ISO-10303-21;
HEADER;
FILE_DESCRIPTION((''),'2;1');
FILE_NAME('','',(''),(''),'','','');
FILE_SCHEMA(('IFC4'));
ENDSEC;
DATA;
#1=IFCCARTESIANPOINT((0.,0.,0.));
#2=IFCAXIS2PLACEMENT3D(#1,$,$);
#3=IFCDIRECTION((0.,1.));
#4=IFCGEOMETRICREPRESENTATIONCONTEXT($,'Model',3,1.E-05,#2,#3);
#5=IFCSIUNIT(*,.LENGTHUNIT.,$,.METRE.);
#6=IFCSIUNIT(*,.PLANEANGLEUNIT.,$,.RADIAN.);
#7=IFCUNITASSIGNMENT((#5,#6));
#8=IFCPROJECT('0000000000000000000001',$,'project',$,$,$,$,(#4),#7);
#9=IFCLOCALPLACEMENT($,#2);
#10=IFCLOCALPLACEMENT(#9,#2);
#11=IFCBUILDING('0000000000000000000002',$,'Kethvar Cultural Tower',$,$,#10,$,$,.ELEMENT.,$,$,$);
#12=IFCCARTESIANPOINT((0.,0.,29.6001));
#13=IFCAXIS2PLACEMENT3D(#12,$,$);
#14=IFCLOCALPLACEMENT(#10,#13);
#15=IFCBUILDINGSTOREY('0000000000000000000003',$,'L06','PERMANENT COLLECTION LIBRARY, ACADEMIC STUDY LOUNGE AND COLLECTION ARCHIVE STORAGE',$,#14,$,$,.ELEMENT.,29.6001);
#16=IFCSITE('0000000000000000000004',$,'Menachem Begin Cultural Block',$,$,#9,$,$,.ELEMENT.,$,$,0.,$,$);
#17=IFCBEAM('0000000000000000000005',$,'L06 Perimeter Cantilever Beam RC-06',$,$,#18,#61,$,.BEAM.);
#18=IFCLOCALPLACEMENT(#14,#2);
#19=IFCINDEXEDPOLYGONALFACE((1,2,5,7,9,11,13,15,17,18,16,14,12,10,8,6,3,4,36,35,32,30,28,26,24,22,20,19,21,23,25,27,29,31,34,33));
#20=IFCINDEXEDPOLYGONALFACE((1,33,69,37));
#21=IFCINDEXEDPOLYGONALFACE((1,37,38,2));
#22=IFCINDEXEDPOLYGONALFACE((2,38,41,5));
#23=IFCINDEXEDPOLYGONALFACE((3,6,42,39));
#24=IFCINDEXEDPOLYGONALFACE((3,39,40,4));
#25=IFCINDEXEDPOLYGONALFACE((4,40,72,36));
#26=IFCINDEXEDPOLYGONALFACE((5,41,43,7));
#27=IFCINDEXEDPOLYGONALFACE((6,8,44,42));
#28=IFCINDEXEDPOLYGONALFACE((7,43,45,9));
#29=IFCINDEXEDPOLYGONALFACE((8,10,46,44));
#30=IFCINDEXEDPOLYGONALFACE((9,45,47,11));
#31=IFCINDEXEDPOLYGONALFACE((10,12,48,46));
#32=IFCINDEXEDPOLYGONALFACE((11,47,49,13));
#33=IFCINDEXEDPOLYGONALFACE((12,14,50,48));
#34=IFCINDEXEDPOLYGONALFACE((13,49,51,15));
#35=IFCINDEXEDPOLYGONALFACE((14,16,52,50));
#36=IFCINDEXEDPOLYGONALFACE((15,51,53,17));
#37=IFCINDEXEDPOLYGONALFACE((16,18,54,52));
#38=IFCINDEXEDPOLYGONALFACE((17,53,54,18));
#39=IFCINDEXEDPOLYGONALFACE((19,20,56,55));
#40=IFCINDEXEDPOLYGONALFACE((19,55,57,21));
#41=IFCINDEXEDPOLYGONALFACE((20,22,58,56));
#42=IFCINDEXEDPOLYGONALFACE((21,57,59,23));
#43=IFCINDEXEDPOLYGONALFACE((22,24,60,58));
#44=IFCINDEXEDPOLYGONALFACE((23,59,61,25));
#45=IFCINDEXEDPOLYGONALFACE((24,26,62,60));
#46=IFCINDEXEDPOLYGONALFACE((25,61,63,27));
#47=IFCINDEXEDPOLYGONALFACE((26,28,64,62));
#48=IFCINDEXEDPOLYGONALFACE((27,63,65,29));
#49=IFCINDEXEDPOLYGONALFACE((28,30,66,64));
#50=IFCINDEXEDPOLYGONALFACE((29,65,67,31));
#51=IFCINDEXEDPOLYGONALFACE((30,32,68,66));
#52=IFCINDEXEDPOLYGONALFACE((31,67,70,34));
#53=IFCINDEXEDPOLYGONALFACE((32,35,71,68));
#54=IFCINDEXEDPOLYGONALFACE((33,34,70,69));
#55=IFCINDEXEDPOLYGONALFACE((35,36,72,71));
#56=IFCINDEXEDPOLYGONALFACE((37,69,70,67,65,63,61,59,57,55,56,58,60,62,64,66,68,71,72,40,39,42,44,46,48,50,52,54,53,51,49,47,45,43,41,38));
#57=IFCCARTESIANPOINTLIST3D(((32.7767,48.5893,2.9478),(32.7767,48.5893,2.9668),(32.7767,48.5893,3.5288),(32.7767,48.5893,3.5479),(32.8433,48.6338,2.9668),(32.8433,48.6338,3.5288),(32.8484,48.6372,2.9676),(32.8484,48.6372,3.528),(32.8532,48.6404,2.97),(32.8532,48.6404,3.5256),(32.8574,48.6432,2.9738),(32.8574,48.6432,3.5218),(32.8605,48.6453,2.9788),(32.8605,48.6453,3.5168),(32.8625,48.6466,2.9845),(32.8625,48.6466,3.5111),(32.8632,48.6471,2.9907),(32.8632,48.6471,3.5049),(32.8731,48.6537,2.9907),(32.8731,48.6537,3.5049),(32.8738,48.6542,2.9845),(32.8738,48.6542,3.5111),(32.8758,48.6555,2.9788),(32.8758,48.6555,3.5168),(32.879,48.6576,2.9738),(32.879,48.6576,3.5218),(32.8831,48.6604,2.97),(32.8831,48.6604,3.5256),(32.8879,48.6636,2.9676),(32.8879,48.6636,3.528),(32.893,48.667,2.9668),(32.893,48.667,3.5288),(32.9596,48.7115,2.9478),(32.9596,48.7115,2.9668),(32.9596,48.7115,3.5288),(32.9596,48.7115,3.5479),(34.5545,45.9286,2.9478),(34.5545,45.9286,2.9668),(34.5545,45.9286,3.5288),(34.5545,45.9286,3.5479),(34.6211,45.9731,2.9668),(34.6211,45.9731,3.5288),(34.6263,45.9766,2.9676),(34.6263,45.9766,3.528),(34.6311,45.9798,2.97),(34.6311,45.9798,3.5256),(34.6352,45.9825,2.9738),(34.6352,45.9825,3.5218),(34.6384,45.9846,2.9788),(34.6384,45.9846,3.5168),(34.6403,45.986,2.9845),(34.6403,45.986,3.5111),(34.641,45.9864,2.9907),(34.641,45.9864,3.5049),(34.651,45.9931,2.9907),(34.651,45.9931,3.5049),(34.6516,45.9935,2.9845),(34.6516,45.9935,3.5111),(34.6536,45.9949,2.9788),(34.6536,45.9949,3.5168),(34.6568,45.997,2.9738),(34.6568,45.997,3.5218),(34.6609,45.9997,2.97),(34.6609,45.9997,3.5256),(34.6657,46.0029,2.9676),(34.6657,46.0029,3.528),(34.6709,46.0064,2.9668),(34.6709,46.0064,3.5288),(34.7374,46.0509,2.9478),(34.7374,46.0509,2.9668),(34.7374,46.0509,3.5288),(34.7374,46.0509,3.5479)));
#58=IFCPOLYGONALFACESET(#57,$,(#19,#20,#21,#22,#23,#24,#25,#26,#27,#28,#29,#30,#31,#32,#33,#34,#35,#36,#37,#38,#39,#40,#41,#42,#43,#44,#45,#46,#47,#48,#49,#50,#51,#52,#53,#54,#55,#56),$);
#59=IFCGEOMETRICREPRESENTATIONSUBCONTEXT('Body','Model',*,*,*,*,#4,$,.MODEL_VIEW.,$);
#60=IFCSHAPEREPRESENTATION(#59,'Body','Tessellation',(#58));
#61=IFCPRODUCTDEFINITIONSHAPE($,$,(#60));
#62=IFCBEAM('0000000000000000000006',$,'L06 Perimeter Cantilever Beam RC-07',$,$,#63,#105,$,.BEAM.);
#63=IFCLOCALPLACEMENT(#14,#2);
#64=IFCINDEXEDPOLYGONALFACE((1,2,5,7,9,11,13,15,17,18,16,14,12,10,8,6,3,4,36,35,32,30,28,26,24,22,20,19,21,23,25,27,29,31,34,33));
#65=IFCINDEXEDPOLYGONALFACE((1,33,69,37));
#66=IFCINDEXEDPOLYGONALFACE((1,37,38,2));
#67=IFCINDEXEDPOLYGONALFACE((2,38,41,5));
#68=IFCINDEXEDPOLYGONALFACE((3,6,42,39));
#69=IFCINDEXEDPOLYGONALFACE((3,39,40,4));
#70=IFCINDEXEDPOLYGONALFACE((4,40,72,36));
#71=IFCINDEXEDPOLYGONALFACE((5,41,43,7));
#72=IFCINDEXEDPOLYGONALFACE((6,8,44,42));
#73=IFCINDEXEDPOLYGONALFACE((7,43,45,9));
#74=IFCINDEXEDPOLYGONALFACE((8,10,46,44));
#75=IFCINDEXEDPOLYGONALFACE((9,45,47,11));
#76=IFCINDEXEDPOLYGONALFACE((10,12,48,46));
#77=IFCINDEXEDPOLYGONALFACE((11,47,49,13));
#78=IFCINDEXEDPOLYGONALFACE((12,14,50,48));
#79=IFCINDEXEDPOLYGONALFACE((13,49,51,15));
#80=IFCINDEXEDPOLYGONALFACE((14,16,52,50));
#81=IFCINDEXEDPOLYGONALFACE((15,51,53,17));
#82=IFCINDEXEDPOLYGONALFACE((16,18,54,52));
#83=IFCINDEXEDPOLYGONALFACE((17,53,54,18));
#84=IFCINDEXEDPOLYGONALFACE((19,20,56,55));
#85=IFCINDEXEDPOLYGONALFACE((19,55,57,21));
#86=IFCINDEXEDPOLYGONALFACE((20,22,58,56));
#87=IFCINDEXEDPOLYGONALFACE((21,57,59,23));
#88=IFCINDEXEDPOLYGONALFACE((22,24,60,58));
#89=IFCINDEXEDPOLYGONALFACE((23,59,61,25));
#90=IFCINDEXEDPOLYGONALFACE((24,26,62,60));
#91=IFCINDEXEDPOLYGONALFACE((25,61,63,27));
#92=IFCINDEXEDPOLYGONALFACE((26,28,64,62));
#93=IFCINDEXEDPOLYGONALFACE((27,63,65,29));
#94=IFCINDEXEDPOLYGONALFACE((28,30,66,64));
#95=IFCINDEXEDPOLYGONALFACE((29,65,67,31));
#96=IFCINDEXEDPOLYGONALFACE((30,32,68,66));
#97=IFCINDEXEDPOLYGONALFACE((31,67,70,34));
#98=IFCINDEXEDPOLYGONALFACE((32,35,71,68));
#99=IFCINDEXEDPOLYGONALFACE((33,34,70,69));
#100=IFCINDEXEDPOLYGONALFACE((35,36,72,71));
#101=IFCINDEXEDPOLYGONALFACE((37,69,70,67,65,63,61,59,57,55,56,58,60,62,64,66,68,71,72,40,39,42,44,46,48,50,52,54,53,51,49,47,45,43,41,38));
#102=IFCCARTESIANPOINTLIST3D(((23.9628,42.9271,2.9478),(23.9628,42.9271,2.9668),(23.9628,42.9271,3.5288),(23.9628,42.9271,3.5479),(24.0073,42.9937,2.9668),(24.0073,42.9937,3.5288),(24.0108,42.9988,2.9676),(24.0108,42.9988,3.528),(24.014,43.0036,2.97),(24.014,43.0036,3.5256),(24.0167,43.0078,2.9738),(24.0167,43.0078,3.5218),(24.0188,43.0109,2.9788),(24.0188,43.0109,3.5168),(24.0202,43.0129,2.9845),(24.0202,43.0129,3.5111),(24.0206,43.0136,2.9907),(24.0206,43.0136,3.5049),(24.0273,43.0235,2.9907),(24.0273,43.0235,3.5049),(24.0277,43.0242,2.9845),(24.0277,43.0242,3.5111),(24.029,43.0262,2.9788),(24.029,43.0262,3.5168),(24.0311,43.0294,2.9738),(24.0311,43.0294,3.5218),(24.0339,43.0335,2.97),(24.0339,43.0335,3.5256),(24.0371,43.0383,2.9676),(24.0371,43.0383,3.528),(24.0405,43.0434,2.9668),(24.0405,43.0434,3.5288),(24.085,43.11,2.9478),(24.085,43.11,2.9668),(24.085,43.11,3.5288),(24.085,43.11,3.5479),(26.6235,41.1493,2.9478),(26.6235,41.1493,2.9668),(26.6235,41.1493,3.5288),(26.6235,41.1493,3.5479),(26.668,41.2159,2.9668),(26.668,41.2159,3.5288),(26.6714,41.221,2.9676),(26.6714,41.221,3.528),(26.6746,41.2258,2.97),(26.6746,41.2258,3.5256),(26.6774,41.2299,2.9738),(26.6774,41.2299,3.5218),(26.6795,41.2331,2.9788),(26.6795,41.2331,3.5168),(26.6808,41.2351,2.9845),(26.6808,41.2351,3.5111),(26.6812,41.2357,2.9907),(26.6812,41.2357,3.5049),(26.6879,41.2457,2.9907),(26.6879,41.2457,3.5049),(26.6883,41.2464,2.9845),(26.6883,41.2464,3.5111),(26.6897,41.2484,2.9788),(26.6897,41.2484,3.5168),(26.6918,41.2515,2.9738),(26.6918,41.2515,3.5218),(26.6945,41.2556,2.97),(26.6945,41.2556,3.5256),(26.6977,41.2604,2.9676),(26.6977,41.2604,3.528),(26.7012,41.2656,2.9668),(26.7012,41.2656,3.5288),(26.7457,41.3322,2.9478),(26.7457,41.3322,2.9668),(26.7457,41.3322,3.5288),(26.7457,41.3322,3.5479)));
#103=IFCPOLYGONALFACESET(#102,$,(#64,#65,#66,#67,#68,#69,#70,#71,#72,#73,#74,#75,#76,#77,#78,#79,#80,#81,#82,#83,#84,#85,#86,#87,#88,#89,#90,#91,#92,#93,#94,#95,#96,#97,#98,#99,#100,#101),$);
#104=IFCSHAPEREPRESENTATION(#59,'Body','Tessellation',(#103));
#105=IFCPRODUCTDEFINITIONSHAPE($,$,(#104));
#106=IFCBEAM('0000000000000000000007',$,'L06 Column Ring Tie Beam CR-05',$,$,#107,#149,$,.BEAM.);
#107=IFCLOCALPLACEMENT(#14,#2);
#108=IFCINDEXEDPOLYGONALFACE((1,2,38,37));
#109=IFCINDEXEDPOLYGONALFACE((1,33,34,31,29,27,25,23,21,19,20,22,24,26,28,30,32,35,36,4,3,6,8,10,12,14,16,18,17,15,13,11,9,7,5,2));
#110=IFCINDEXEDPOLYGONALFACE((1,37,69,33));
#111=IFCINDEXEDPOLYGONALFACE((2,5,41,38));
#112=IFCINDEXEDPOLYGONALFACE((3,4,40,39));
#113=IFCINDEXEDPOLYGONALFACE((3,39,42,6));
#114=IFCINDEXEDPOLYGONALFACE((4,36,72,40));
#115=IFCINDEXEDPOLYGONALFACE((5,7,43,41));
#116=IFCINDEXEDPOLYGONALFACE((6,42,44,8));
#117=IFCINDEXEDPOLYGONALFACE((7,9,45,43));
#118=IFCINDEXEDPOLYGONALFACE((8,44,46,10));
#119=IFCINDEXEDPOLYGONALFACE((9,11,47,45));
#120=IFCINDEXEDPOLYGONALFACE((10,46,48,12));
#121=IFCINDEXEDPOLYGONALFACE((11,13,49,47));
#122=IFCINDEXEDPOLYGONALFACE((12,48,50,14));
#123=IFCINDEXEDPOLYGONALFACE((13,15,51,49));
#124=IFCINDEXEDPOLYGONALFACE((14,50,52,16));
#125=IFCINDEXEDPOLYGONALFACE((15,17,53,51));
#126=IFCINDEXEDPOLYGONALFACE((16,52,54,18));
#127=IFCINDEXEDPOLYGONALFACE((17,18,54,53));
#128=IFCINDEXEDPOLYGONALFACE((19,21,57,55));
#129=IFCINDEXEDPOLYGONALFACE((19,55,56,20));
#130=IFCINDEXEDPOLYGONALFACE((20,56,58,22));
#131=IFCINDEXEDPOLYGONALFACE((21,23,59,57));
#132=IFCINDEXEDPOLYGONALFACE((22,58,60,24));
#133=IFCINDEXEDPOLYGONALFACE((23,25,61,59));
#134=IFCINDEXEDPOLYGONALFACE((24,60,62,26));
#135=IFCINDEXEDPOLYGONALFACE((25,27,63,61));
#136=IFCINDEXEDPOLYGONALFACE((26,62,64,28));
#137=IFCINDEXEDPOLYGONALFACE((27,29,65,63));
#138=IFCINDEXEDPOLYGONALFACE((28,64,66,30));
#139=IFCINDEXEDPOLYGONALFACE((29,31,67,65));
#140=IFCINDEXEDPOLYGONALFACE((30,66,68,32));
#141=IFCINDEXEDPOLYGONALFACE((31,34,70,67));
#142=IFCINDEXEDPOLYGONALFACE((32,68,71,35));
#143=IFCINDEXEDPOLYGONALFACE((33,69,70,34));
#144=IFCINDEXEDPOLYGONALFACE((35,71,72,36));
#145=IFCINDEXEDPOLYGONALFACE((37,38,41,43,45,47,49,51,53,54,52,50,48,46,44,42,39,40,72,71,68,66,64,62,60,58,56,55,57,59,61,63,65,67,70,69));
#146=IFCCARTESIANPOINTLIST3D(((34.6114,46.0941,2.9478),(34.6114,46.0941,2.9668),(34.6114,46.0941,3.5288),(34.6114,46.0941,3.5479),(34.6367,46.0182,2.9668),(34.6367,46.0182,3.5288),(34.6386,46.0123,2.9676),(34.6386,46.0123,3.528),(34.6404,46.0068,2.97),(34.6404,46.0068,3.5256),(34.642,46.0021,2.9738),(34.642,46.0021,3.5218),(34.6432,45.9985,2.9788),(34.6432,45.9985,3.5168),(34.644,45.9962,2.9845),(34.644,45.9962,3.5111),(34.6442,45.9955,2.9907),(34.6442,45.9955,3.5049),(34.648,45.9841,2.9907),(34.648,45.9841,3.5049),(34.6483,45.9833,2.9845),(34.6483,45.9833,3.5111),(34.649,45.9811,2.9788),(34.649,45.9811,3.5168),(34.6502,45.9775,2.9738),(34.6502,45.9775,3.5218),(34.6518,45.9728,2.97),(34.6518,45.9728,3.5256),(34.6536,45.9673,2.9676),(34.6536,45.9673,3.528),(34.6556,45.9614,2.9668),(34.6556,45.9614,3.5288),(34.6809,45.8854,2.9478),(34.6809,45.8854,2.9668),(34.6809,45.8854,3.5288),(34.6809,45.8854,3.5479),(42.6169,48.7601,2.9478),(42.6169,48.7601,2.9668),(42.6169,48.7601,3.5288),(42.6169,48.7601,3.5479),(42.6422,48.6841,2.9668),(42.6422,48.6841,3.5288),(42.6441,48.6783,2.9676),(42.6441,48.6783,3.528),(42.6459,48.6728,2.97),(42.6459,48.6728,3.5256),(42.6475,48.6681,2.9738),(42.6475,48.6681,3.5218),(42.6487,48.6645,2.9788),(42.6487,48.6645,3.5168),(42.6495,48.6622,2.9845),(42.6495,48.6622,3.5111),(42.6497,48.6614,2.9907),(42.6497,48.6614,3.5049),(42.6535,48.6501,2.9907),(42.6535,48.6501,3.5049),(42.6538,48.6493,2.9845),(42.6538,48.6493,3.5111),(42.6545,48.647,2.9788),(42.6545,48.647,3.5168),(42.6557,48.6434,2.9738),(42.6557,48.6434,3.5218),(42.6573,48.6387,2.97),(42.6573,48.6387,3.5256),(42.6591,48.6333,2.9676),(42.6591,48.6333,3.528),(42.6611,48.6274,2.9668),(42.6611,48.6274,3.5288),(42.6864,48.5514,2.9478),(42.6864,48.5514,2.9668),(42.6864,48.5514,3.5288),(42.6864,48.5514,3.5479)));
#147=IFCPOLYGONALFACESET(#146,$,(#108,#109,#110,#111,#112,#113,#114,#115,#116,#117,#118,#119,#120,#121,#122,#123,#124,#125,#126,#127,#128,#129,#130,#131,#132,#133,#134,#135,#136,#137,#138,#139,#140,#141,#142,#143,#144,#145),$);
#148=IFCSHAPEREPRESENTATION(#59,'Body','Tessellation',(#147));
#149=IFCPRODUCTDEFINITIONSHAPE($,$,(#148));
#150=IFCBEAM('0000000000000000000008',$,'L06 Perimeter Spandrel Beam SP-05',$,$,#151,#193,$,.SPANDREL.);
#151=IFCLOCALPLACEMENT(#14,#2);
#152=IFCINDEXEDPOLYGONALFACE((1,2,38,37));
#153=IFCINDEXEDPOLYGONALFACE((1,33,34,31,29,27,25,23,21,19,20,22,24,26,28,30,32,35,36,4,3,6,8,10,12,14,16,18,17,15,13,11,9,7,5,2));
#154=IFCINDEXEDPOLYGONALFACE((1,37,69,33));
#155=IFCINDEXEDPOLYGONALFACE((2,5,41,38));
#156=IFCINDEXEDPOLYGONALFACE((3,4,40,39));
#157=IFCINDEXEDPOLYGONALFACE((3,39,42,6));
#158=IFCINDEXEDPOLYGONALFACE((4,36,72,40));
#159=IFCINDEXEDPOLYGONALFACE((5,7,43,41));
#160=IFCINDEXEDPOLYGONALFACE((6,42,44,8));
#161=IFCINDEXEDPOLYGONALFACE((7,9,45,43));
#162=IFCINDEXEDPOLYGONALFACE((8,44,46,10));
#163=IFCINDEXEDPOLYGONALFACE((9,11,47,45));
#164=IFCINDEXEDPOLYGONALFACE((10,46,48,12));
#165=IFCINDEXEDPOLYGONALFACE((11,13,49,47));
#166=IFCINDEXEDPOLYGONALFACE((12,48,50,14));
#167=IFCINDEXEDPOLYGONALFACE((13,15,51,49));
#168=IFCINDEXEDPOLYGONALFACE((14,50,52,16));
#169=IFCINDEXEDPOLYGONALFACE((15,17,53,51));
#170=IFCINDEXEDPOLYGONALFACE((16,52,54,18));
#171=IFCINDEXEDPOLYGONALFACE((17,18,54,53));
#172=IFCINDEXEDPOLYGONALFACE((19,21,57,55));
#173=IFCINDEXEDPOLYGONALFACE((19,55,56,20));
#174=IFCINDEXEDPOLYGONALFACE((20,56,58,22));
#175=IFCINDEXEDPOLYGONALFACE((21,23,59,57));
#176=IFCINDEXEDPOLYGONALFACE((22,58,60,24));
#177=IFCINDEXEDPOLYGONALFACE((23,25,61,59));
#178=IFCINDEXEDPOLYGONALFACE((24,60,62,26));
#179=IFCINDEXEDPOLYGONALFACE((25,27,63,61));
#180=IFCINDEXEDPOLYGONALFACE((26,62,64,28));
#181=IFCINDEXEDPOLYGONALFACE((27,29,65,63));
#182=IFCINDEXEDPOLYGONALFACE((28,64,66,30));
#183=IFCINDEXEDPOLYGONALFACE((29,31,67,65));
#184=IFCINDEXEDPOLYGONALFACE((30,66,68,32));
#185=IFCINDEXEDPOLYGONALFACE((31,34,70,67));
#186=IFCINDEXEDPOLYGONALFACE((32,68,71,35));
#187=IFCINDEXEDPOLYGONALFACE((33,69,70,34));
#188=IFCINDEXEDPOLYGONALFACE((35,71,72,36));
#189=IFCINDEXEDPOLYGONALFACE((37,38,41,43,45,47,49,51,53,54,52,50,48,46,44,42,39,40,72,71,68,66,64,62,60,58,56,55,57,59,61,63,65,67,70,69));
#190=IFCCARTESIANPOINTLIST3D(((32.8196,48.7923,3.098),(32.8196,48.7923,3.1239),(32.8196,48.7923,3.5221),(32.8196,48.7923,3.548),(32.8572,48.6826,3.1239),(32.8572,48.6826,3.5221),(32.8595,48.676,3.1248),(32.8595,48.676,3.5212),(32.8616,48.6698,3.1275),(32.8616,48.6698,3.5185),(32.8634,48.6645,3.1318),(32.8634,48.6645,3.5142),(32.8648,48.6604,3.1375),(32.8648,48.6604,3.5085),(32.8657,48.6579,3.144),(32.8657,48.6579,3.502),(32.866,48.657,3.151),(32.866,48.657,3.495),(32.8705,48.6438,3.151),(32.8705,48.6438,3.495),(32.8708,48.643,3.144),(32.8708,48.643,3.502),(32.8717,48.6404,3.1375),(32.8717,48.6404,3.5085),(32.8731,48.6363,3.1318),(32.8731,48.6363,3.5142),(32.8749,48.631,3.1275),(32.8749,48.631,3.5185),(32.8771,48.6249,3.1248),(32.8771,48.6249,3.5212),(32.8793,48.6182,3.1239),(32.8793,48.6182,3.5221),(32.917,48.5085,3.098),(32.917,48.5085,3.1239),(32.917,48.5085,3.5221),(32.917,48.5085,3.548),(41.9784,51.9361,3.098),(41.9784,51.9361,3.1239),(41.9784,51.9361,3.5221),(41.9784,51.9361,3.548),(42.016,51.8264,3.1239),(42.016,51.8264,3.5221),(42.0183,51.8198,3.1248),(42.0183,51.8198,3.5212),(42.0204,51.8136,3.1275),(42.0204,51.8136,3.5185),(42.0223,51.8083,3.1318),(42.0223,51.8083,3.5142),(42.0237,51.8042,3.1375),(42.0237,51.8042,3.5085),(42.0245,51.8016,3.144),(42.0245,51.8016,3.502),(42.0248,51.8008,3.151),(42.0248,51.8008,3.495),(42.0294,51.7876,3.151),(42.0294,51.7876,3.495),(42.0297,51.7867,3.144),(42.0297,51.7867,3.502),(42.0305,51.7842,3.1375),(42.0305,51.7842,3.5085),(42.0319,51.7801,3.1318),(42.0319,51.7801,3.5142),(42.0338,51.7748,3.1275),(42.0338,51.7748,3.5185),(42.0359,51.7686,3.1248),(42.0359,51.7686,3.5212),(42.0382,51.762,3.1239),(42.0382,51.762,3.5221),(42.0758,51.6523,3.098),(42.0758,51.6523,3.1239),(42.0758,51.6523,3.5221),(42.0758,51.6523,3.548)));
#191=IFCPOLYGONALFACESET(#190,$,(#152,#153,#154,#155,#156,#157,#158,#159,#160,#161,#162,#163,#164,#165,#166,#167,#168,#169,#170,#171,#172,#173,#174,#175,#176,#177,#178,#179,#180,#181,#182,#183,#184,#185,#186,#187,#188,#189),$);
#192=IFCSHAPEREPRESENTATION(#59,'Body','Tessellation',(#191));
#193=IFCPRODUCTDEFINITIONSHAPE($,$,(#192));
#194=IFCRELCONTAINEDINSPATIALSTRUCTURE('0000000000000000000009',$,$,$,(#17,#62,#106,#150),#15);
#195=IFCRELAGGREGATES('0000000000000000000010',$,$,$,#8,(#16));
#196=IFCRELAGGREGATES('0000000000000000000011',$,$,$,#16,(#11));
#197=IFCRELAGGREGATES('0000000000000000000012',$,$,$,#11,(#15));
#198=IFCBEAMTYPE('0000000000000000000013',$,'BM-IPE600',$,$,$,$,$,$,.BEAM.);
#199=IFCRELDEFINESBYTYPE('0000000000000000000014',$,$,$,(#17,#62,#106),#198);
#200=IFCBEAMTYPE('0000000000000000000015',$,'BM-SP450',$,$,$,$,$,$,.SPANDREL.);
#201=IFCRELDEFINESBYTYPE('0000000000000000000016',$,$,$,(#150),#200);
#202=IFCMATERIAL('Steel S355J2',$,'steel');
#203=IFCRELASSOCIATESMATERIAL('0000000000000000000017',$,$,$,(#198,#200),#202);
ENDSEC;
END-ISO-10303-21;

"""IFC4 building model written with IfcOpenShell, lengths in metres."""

from ifc_helpers import new_model, si_unit, direction, frame, origin, origin_2d, place, context, subcontext, project, spatial, i_section, extrude, source, transform, mapped, material, material_profile, profile_set, type_object, element, save


model = new_model("IFC4")

# Units and contexts
model_context = context("Model", 3, precision=1e-05, world=origin(), true_north=direction((0.0, 1.0)))
body_context = subcontext(model_context, "Body", "Model", "MODEL_VIEW")
ifc_project = project(units=[si_unit("LENGTHUNIT", "METRE"), si_unit("PLANEANGLEUNIT", "RADIAN")], contexts=[model_context])

# Site, building, storey
site_placement = place(None, origin())
site = spatial("IfcSite", under=ifc_project, at=site_placement, Name="Menachem Begin Cultural Block", CompositionType="ELEMENT", RefElevation=0.0)
building_placement = place(site_placement, origin())
building = spatial("IfcBuilding", under=site, at=building_placement, Name="Kethvar Cultural Tower", CompositionType="ELEMENT")
storey_placement = place(building_placement, frame((0.0, 0.0, 29.6001)))
storey = spatial("IfcBuildingStorey", under=building, at=storey_placement, Name="L06", Description="PERMANENT COLLECTION LIBRARY, ACADEMIC STUDY LOUNGE AND COLLECTION ARCHIVE STORAGE", CompositionType="ELEMENT", Elevation=29.6001)

# Beams
ifc_material_1 = material(Name="Steel S355J2", Category="steel")
ifc_material_profile_1 = material_profile(ifc_material_1, i_section(OverallWidth=0.22, OverallDepth=0.6001, WebThickness=0.012, FlangeThickness=0.019, FilletRadius=0.0239, at=origin_2d()), Name="Steel S355J2 — IPE600")
ifc_profile_set_1 = profile_set([ifc_material_profile_1], Name="Steel S355J2 — IPE600")
beam_type_1 = type_object("IfcBeamType", Name="BM-IPE600", PredefinedType="BEAM", material=ifc_profile_set_1)
shared_shape_1 = source(origin(), body_context, "Body", "SweptSolid", [
    extrude(i_section(OverallWidth=0.22, OverallDepth=0.6001, WebThickness=0.012, FlangeThickness=0.019, FilletRadius=0.0239, at=origin_2d()), origin(), (0.0, 0.0, 1.0), 3.2),
])
for number, where, z_axis, x_axis, name in (
    (1, (34.646, 45.9897, 3.2478), (-0.55558, 0.831463, 0.0), (-0.831463, -0.55558, 0.0), "L06 Perimeter Cantilever Beam RC-06"),
    (2, (26.6846, 41.2407, 3.2478), (-0.831463, 0.55558, 0.0), (-0.55558, -0.831463, 0.0), "L06 Perimeter Cantilever Beam RC-07"),
):
    element("IfcBeam", number, at=place(storey_placement, frame(where, z_axis=z_axis, x_axis=x_axis)), inside=storey, type_object=beam_type_1, Name=name, PredefinedType="BEAM", context=body_context, shape_type="MappedRepresentation", body=[
        mapped(shared_shape_1, transform((0.0, 0.0, 0.0), scale=1.0)),
    ])
shared_shape_2 = source(origin(), body_context, "Body", "SweptSolid", [
    extrude(i_section(OverallWidth=0.22, OverallDepth=0.6001, WebThickness=0.012, FlangeThickness=0.019, FilletRadius=0.0239, at=origin_2d()), origin(), (0.0, 0.0, 1.0), 8.4377),
])
beam_1_placement = place(storey_placement, frame((42.6516, 48.6558, 3.2478), z_axis=(-0.948773, -0.315959, 0.0), x_axis=(0.315959, -0.948773, 0.0)))
element("IfcBeam", 3, at=beam_1_placement, inside=storey, type_object=beam_type_1, Name="L06 Column Ring Tie Beam CR-05", PredefinedType="BEAM", context=body_context, shape_type="MappedRepresentation", body=[
    mapped(shared_shape_2, transform((0.0, 0.0, 0.0), scale=1.0)),
])
ifc_material_profile_2 = material_profile(ifc_material_1, i_section(OverallWidth=0.3, OverallDepth=0.45, WebThickness=0.0139, FlangeThickness=0.0259, FilletRadius=0.0271, at=origin_2d()), Name="Steel S355J2 — HEB450")
ifc_profile_set_2 = profile_set([ifc_material_profile_2], Name="Steel S355J2 — HEB450")
beam_type_2 = type_object("IfcBeamType", Name="BM-SP450", PredefinedType="SPANDREL", material=ifc_profile_set_2)
shared_shape_3 = source(origin(), body_context, "Body", "SweptSolid", [
    extrude(i_section(OverallWidth=0.3, OverallDepth=0.45, WebThickness=0.0139, FlangeThickness=0.0259, FilletRadius=0.0271, at=origin_2d()), origin(), (0.0, 0.0, 1.0), 9.6833),
])
beam_2_placement = place(storey_placement, frame((42.0271, 51.7942, 3.323), z_axis=(-0.945832, -0.324656, 0.0), x_axis=(0.324656, -0.945832, 0.0)))
element("IfcBeam", 4, at=beam_2_placement, inside=storey, type_object=beam_type_2, Name="L06 Perimeter Spandrel Beam SP-05", PredefinedType="SPANDREL", context=body_context, shape_type="MappedRepresentation", body=[
    mapped(shared_shape_3, transform((0.0, 0.0, 0.0), scale=1.0)),
])

save(model, "model.ifc")
